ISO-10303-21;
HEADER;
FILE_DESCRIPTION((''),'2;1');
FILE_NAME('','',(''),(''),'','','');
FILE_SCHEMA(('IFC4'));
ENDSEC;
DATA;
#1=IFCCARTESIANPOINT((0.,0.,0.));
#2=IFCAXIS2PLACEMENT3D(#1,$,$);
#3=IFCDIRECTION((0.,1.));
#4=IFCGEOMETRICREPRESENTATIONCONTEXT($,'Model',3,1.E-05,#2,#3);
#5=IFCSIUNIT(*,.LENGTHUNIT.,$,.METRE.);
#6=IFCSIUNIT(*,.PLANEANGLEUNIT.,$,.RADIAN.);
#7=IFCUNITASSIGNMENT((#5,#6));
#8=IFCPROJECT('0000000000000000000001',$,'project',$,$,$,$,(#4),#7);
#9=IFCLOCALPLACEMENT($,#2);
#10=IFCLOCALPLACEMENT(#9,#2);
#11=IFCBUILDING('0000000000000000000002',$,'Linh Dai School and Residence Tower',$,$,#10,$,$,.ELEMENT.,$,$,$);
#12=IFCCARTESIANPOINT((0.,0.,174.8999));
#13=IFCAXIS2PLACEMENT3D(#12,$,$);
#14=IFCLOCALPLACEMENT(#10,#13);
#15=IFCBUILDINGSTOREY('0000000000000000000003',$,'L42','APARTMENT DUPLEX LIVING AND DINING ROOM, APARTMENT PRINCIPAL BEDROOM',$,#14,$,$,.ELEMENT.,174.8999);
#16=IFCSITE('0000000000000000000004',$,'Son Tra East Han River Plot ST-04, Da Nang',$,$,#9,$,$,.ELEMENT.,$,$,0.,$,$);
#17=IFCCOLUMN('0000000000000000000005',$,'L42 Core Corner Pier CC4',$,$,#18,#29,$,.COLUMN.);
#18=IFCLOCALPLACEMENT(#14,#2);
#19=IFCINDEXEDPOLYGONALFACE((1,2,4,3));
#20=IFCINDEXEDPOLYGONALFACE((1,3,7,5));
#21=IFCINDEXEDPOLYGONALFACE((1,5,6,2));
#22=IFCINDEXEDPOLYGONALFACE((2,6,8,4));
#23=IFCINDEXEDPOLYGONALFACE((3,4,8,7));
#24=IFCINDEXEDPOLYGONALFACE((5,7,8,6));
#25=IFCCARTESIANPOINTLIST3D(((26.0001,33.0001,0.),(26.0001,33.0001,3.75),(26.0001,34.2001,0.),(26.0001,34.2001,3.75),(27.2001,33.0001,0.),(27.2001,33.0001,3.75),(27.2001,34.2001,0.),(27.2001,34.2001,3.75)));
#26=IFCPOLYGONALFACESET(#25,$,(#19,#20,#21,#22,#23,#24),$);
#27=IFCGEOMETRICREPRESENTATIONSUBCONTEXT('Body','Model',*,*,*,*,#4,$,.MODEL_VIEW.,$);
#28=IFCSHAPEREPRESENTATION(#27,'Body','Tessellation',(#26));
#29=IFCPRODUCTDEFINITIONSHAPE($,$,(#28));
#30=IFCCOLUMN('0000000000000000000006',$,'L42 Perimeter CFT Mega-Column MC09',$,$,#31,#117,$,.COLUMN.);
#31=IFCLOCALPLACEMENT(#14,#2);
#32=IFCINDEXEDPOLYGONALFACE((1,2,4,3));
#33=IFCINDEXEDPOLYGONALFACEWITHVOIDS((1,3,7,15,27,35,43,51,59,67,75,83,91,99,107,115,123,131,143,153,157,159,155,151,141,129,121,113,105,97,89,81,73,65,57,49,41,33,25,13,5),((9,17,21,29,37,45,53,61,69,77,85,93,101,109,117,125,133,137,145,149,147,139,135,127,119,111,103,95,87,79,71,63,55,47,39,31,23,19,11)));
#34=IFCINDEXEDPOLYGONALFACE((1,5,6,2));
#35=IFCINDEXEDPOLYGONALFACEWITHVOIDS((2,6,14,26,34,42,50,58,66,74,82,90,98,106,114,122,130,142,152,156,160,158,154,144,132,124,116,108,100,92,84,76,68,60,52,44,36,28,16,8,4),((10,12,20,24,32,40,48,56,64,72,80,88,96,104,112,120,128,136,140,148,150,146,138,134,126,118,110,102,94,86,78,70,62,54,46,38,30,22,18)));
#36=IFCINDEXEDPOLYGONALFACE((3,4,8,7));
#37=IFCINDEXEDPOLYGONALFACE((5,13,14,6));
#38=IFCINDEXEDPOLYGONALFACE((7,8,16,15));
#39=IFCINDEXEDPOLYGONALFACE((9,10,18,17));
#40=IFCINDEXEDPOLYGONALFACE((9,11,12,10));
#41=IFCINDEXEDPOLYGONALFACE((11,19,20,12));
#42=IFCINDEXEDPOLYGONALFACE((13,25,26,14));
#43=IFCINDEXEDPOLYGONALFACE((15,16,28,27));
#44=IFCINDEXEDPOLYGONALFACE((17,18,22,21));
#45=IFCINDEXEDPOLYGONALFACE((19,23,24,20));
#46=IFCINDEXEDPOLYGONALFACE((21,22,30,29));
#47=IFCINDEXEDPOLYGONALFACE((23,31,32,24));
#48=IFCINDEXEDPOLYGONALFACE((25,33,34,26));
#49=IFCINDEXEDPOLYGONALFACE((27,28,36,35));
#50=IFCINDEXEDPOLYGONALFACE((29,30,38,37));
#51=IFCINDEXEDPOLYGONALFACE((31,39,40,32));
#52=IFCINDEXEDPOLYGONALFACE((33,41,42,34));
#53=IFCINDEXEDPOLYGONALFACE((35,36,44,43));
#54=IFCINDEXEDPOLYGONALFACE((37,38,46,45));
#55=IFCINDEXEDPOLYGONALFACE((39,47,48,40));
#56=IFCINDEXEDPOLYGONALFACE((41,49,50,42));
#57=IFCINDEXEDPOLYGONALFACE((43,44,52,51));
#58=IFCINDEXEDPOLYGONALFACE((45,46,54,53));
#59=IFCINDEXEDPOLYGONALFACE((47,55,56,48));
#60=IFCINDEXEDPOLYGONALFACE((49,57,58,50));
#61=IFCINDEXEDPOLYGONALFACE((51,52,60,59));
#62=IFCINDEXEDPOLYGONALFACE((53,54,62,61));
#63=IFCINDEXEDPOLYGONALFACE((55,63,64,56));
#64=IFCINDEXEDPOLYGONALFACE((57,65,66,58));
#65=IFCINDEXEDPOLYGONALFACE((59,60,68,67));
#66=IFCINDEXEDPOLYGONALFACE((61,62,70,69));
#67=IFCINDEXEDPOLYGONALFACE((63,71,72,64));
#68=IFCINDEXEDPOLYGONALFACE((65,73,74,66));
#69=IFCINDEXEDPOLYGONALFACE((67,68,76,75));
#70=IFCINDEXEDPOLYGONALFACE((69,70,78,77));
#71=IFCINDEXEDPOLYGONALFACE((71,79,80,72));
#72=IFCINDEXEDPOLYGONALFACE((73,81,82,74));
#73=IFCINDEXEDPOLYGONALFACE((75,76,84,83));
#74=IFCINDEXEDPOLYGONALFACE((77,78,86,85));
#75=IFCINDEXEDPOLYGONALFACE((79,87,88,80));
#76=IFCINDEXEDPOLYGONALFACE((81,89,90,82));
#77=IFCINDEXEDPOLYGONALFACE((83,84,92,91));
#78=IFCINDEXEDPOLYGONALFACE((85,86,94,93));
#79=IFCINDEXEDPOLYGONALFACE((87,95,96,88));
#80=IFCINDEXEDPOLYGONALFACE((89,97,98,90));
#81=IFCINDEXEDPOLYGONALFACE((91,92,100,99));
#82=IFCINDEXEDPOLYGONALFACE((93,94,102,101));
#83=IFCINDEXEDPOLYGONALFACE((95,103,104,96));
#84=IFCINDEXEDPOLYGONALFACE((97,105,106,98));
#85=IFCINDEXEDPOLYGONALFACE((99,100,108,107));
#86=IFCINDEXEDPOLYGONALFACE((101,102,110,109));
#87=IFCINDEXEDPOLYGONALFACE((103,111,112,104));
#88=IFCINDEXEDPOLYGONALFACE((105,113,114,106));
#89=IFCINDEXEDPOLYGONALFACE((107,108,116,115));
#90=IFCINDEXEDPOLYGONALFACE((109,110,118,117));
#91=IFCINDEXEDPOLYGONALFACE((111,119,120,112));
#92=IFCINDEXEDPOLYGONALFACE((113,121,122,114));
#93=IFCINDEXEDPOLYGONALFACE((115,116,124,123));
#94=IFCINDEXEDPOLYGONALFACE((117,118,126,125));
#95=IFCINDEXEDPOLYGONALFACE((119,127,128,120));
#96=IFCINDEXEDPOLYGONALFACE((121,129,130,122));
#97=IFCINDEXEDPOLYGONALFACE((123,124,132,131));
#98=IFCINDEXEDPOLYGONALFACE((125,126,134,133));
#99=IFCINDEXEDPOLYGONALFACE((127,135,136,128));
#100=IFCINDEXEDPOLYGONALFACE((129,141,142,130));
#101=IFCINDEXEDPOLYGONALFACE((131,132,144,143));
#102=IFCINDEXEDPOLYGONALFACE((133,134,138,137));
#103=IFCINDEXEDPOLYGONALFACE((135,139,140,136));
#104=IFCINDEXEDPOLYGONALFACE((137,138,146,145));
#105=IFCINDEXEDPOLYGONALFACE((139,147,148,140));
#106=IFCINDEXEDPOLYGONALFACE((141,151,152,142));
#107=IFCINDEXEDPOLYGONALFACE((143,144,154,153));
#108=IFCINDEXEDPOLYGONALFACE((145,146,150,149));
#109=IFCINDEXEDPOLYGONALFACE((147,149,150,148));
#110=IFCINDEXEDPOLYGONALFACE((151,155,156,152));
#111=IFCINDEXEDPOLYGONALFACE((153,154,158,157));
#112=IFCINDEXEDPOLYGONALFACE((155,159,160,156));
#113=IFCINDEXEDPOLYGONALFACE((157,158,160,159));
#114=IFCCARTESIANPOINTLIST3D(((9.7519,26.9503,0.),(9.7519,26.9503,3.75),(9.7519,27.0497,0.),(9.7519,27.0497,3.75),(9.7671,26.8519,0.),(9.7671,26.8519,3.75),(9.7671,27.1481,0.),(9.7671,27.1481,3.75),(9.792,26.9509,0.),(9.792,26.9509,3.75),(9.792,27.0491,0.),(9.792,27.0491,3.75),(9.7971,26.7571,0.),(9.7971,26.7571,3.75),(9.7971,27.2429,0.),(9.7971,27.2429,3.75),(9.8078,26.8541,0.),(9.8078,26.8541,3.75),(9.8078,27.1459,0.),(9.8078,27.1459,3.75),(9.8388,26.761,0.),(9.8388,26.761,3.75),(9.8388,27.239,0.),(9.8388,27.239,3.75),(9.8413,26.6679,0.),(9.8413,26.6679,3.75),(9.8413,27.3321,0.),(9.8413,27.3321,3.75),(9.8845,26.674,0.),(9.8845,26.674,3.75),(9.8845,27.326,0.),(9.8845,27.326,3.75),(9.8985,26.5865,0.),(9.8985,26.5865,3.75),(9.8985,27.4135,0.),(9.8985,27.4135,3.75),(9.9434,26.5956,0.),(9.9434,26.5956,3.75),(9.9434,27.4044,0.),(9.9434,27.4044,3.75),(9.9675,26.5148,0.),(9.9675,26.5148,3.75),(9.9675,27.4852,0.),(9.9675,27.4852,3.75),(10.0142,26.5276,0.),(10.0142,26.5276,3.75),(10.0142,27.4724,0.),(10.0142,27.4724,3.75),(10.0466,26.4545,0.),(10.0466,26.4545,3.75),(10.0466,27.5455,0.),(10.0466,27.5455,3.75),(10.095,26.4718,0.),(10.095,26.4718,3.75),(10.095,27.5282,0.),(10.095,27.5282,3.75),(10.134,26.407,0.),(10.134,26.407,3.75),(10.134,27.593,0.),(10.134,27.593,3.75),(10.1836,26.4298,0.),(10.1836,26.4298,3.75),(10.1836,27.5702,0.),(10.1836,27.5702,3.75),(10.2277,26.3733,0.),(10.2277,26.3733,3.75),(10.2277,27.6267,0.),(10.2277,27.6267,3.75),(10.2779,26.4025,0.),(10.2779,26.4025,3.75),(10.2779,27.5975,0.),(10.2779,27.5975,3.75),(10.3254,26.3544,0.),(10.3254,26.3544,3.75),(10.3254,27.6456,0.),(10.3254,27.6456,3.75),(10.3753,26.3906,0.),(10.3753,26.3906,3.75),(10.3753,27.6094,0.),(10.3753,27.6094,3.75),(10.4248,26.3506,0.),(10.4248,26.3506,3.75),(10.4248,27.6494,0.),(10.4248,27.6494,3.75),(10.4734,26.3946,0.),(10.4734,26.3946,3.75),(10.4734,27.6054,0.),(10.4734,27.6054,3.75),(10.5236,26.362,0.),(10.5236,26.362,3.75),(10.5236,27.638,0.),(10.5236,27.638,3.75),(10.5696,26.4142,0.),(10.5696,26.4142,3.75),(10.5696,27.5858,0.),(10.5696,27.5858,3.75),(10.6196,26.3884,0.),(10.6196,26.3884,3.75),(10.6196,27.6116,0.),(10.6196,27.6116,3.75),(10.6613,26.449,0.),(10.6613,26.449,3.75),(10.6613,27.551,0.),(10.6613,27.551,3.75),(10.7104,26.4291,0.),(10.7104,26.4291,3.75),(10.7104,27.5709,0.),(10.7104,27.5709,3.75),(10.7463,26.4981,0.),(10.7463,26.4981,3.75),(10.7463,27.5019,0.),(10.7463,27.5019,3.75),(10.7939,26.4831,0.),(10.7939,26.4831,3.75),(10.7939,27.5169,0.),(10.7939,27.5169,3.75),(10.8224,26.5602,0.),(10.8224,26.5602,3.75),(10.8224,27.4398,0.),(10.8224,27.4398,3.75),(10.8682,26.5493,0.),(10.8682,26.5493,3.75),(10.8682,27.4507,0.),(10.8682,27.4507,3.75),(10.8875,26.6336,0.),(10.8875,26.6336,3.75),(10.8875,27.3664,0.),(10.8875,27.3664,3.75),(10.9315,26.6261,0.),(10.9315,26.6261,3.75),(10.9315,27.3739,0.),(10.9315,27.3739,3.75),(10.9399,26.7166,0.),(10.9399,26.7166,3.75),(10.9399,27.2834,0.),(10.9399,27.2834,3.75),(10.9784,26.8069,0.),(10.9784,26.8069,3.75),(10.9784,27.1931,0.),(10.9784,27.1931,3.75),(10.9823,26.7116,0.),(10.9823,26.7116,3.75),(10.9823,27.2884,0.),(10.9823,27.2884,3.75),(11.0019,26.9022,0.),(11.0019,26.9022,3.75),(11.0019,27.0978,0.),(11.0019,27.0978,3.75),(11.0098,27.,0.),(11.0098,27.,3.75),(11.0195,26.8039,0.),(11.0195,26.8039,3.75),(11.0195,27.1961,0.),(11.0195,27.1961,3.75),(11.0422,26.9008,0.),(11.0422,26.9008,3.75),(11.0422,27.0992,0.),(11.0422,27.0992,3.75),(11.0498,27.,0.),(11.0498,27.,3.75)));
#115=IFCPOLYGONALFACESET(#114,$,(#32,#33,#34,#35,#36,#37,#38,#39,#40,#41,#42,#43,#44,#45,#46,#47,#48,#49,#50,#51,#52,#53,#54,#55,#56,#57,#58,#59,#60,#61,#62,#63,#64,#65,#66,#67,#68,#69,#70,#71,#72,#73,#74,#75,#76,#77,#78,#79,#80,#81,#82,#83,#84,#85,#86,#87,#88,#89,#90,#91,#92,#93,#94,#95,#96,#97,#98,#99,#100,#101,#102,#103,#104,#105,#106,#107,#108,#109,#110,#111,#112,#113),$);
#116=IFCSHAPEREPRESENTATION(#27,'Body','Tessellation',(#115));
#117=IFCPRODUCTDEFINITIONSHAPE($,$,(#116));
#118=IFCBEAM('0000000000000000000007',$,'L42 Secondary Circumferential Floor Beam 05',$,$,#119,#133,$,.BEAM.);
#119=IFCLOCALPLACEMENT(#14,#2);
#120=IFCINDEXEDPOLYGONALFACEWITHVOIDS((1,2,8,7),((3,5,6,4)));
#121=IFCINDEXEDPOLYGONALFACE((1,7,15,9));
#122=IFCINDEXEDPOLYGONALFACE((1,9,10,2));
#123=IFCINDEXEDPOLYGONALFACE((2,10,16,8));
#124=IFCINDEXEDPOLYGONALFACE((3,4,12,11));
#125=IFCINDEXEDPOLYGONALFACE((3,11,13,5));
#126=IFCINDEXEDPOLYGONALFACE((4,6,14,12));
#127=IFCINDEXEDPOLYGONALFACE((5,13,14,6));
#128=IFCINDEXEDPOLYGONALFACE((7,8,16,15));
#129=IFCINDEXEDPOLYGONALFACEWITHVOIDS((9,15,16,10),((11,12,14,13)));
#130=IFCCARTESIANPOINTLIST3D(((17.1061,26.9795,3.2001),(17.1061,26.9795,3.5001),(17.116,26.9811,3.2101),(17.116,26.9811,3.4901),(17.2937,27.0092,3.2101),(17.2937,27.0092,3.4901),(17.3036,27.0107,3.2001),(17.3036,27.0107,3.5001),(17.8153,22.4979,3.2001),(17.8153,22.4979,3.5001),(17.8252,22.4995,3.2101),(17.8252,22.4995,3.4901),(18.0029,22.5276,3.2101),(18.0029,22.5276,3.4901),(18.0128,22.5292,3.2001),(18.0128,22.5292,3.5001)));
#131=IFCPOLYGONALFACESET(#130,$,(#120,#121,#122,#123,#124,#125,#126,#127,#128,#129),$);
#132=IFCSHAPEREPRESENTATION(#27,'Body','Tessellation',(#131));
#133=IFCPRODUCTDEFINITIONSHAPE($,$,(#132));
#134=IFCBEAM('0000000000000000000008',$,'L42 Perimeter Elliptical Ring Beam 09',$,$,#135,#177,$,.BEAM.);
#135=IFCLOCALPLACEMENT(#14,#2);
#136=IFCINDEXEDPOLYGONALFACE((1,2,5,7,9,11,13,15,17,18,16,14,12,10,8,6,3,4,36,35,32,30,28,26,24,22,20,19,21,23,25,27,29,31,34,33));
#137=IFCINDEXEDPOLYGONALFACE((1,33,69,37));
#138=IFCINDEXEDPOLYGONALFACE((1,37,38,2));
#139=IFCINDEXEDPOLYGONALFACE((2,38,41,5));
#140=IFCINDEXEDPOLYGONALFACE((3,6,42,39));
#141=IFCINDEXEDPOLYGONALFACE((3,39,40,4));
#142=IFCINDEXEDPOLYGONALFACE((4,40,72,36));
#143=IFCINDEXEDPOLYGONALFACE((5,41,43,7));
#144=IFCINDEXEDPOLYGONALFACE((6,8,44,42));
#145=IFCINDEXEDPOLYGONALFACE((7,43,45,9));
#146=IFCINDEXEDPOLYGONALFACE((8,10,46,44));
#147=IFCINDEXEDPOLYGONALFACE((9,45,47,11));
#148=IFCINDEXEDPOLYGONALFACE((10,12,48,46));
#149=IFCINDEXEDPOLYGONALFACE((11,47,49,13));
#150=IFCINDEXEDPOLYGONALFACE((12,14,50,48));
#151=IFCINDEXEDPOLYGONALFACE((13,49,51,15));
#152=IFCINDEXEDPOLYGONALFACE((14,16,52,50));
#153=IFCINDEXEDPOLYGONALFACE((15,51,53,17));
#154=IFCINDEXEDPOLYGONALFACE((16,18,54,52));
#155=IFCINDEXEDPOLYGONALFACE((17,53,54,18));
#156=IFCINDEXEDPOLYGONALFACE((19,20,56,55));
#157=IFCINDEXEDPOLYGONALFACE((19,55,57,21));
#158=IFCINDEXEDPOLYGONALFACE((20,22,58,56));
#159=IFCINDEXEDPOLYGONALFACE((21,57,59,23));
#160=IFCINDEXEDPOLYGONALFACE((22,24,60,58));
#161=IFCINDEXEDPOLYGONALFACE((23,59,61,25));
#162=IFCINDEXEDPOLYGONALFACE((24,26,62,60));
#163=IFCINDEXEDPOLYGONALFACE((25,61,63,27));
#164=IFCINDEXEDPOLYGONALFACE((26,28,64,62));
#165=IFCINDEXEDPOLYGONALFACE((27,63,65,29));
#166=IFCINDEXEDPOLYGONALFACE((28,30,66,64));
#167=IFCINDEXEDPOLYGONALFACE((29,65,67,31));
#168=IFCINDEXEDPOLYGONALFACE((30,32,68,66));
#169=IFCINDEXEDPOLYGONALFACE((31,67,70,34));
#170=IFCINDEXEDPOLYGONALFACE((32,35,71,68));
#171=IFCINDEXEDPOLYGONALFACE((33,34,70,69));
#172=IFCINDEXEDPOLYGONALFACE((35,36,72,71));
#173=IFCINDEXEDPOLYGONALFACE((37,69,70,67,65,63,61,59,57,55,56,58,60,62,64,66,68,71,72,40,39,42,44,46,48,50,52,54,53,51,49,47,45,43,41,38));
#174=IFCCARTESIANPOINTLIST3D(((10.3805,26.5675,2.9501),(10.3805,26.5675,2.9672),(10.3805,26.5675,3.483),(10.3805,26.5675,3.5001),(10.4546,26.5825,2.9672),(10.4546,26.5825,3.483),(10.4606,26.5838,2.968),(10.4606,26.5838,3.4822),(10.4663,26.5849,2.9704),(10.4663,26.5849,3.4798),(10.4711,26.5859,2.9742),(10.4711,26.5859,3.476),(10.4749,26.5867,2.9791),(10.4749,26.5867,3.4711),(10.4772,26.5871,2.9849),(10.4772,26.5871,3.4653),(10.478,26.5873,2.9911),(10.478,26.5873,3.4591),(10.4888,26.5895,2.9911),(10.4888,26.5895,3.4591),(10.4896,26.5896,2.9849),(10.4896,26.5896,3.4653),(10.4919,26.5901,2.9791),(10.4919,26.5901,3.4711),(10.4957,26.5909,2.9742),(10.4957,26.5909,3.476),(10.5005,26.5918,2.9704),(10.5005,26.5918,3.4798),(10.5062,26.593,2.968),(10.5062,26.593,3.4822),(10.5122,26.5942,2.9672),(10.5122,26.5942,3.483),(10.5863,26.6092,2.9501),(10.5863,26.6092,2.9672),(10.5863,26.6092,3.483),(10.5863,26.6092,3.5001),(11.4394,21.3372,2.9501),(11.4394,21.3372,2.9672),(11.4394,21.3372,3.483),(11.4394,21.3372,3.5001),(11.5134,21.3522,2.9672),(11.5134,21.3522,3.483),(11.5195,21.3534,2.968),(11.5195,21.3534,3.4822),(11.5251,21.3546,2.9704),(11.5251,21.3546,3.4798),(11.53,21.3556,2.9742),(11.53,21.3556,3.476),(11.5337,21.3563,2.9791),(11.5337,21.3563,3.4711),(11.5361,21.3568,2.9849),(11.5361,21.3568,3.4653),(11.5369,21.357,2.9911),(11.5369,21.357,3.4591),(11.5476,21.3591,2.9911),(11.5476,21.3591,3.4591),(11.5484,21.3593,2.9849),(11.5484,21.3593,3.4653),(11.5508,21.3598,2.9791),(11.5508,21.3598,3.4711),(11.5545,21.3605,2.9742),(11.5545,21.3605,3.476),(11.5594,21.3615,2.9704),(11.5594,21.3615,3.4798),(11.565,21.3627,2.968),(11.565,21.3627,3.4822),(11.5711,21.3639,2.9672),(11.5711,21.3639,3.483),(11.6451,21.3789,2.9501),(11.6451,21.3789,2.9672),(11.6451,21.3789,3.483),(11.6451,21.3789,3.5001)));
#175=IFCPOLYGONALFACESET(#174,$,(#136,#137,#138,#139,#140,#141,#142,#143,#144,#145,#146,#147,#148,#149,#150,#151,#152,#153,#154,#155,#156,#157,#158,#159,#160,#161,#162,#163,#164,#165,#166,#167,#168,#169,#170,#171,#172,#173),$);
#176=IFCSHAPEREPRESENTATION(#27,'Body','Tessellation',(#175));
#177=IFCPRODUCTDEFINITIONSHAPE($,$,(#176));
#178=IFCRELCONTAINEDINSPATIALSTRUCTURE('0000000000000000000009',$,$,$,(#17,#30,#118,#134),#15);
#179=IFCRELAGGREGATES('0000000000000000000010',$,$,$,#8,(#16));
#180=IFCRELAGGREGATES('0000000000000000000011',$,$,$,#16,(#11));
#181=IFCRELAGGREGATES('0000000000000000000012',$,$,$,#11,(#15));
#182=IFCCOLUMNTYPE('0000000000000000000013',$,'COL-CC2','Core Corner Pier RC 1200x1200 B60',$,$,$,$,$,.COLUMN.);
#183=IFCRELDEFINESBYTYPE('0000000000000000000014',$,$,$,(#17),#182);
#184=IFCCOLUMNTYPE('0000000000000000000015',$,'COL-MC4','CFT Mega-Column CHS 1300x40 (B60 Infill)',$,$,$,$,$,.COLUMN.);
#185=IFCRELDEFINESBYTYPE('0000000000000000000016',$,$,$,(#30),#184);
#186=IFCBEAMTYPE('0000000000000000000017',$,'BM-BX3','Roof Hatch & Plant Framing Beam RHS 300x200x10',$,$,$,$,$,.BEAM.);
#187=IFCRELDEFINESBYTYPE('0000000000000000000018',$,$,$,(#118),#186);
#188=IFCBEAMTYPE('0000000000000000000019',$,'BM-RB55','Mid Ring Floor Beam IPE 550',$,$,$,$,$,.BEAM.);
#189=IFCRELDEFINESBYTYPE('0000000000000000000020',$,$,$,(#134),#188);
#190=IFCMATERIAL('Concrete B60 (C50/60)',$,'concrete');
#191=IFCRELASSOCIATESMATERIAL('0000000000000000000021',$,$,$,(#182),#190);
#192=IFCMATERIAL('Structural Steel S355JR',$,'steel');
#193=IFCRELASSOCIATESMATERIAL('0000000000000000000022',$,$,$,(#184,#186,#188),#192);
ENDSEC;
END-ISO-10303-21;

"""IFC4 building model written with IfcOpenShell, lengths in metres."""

from ifc_helpers import new_model, si_unit, direction, frame, origin, origin_2d, place, context, subcontext, project, spatial, rectangle, hollow_rectangle, hollow_circle, i_section, extrude, material, material_profile, profile_set, type_object, element, save


model = new_model("IFC4")

# Units and contexts
model_context = context("Model", 3, precision=1e-05, world=origin(), true_north=direction((0.0, 1.0)))
body_context = subcontext(model_context, "Body", "Model", "MODEL_VIEW")
ifc_project = project(units=[si_unit("LENGTHUNIT", "METRE"), si_unit("PLANEANGLEUNIT", "RADIAN")], contexts=[model_context])

# Site, building, storey
site_placement = place(None, origin())
site = spatial("IfcSite", under=ifc_project, at=site_placement, Name="Son Tra East Han River Plot ST-04, Da Nang", CompositionType="ELEMENT", RefElevation=0.0)
building_placement = place(site_placement, origin())
building = spatial("IfcBuilding", under=site, at=building_placement, Name="Linh Dai School and Residence Tower", CompositionType="ELEMENT")
storey_placement = place(building_placement, frame((0.0, 0.0, 174.8999)))
storey = spatial("IfcBuildingStorey", under=building, at=storey_placement, Name="L42", Description="APARTMENT DUPLEX LIVING AND DINING ROOM, APARTMENT PRINCIPAL BEDROOM", CompositionType="ELEMENT", Elevation=174.8999)

# Columns
ifc_material_1 = material(Name="Concrete B60 (C50/60)", Category="concrete")
ifc_material_profile_1 = material_profile(ifc_material_1, rectangle(XDim=1.2, YDim=1.2, at=origin_2d()), Name="RC 1200x1200")
ifc_profile_set_1 = profile_set([ifc_material_profile_1], Name="Concrete B60 (C50/60)")
column_type_1 = type_object("IfcColumnType", Name="COL-CC2", Description="Core Corner Pier RC 1200x1200 B60", PredefinedType="COLUMN", material=ifc_profile_set_1)
column_1_placement = place(storey_placement, frame((26.6001, 33.6001, 0.0), z_axis=(0.0, 0.0, 1.0), x_axis=(1.0, 0.0, 0.0)))
element("IfcColumn", 1, at=column_1_placement, inside=storey, type_object=column_type_1, Name="L42 Core Corner Pier CC4", PredefinedType="COLUMN", context=body_context, shape_type="SweptSolid", body=[
    extrude(rectangle(XDim=1.2, YDim=1.2, at=origin_2d()), origin(), (0.0, 0.0, 1.0), 3.75),
])
ifc_material_2 = material(Name="Structural Steel S355JR", Category="steel")
ifc_material_profile_2 = material_profile(ifc_material_2, hollow_circle(Radius=0.6499, WallThickness=0.04, at=origin_2d()), Name="CHS 1300x40")
ifc_profile_set_2 = profile_set([ifc_material_profile_2], Name="Structural Steel S355JR")
column_type_2 = type_object("IfcColumnType", Name="COL-MC4", Description="CFT Mega-Column CHS 1300x40 (B60 Infill)", PredefinedType="COLUMN", material=ifc_profile_set_2)
column_2_placement = place(storey_placement, frame((10.3999, 27.0, 0.0), z_axis=(0.0, 0.0, 1.0), x_axis=(1.0, 0.0, 0.0)))
element("IfcColumn", 2, at=column_2_placement, inside=storey, type_object=column_type_2, Name="L42 Perimeter CFT Mega-Column MC09", PredefinedType="COLUMN", context=body_context, shape_type="SweptSolid", body=[
    extrude(hollow_circle(Radius=0.6499, WallThickness=0.04, at=origin_2d()), origin(), (0.0, 0.0, 1.0), 3.75),
])

# Beams
ifc_material_profile_3 = material_profile(ifc_material_2, hollow_rectangle(XDim=0.2, YDim=0.3, WallThickness=0.01, at=origin_2d()), Name="RHS 300x200x10")
ifc_profile_set_3 = profile_set([ifc_material_profile_3], Name="Structural Steel S355JR")
beam_type_1 = type_object("IfcBeamType", Name="BM-BX3", Description="Roof Hatch & Plant Framing Beam RHS 300x200x10", PredefinedType="BEAM", material=ifc_profile_set_3)
beam_1_placement = place(storey_placement, frame((17.2048, 26.9951, 3.3501), z_axis=(0.156305, -0.987709, 0.0), x_axis=(0.987709, 0.156305, 0.0)))
element("IfcBeam", 3, at=beam_1_placement, inside=storey, type_object=beam_type_1, Name="L42 Secondary Circumferential Floor Beam 05", PredefinedType="BEAM", context=body_context, shape_type="SweptSolid", body=[
    extrude(hollow_rectangle(XDim=0.2, YDim=0.3, WallThickness=0.01, at=origin_2d()), origin(), (0.0, 0.0, 1.0), 4.5374),
])
ifc_material_profile_4 = material_profile(ifc_material_2, i_section(OverallWidth=0.21, OverallDepth=0.55, WebThickness=0.011, FlangeThickness=0.0171, FilletRadius=0.0239, at=origin_2d()), Name="IPE 550")
ifc_profile_set_4 = profile_set([ifc_material_profile_4], Name="Structural Steel S355JR")
beam_type_2 = type_object("IfcBeamType", Name="BM-RB55", Description="Mid Ring Floor Beam IPE 550", PredefinedType="BEAM", material=ifc_profile_set_4)
beam_2_placement = place(storey_placement, frame((10.4834, 26.5884, 3.2251), z_axis=(0.198421, -0.980117, 0.0), x_axis=(0.980117, 0.198421, 0.0)))
element("IfcBeam", 4, at=beam_2_placement, inside=storey, type_object=beam_type_2, Name="L42 Perimeter Elliptical Ring Beam 09", PredefinedType="BEAM", context=body_context, shape_type="SweptSolid", body=[
    extrude(i_section(OverallWidth=0.21, OverallDepth=0.55, WebThickness=0.011, FlangeThickness=0.0171, FilletRadius=0.0239, at=origin_2d()), origin(), (0.0, 0.0, 1.0), 5.3364),
])

save(model, "model.ifc")
